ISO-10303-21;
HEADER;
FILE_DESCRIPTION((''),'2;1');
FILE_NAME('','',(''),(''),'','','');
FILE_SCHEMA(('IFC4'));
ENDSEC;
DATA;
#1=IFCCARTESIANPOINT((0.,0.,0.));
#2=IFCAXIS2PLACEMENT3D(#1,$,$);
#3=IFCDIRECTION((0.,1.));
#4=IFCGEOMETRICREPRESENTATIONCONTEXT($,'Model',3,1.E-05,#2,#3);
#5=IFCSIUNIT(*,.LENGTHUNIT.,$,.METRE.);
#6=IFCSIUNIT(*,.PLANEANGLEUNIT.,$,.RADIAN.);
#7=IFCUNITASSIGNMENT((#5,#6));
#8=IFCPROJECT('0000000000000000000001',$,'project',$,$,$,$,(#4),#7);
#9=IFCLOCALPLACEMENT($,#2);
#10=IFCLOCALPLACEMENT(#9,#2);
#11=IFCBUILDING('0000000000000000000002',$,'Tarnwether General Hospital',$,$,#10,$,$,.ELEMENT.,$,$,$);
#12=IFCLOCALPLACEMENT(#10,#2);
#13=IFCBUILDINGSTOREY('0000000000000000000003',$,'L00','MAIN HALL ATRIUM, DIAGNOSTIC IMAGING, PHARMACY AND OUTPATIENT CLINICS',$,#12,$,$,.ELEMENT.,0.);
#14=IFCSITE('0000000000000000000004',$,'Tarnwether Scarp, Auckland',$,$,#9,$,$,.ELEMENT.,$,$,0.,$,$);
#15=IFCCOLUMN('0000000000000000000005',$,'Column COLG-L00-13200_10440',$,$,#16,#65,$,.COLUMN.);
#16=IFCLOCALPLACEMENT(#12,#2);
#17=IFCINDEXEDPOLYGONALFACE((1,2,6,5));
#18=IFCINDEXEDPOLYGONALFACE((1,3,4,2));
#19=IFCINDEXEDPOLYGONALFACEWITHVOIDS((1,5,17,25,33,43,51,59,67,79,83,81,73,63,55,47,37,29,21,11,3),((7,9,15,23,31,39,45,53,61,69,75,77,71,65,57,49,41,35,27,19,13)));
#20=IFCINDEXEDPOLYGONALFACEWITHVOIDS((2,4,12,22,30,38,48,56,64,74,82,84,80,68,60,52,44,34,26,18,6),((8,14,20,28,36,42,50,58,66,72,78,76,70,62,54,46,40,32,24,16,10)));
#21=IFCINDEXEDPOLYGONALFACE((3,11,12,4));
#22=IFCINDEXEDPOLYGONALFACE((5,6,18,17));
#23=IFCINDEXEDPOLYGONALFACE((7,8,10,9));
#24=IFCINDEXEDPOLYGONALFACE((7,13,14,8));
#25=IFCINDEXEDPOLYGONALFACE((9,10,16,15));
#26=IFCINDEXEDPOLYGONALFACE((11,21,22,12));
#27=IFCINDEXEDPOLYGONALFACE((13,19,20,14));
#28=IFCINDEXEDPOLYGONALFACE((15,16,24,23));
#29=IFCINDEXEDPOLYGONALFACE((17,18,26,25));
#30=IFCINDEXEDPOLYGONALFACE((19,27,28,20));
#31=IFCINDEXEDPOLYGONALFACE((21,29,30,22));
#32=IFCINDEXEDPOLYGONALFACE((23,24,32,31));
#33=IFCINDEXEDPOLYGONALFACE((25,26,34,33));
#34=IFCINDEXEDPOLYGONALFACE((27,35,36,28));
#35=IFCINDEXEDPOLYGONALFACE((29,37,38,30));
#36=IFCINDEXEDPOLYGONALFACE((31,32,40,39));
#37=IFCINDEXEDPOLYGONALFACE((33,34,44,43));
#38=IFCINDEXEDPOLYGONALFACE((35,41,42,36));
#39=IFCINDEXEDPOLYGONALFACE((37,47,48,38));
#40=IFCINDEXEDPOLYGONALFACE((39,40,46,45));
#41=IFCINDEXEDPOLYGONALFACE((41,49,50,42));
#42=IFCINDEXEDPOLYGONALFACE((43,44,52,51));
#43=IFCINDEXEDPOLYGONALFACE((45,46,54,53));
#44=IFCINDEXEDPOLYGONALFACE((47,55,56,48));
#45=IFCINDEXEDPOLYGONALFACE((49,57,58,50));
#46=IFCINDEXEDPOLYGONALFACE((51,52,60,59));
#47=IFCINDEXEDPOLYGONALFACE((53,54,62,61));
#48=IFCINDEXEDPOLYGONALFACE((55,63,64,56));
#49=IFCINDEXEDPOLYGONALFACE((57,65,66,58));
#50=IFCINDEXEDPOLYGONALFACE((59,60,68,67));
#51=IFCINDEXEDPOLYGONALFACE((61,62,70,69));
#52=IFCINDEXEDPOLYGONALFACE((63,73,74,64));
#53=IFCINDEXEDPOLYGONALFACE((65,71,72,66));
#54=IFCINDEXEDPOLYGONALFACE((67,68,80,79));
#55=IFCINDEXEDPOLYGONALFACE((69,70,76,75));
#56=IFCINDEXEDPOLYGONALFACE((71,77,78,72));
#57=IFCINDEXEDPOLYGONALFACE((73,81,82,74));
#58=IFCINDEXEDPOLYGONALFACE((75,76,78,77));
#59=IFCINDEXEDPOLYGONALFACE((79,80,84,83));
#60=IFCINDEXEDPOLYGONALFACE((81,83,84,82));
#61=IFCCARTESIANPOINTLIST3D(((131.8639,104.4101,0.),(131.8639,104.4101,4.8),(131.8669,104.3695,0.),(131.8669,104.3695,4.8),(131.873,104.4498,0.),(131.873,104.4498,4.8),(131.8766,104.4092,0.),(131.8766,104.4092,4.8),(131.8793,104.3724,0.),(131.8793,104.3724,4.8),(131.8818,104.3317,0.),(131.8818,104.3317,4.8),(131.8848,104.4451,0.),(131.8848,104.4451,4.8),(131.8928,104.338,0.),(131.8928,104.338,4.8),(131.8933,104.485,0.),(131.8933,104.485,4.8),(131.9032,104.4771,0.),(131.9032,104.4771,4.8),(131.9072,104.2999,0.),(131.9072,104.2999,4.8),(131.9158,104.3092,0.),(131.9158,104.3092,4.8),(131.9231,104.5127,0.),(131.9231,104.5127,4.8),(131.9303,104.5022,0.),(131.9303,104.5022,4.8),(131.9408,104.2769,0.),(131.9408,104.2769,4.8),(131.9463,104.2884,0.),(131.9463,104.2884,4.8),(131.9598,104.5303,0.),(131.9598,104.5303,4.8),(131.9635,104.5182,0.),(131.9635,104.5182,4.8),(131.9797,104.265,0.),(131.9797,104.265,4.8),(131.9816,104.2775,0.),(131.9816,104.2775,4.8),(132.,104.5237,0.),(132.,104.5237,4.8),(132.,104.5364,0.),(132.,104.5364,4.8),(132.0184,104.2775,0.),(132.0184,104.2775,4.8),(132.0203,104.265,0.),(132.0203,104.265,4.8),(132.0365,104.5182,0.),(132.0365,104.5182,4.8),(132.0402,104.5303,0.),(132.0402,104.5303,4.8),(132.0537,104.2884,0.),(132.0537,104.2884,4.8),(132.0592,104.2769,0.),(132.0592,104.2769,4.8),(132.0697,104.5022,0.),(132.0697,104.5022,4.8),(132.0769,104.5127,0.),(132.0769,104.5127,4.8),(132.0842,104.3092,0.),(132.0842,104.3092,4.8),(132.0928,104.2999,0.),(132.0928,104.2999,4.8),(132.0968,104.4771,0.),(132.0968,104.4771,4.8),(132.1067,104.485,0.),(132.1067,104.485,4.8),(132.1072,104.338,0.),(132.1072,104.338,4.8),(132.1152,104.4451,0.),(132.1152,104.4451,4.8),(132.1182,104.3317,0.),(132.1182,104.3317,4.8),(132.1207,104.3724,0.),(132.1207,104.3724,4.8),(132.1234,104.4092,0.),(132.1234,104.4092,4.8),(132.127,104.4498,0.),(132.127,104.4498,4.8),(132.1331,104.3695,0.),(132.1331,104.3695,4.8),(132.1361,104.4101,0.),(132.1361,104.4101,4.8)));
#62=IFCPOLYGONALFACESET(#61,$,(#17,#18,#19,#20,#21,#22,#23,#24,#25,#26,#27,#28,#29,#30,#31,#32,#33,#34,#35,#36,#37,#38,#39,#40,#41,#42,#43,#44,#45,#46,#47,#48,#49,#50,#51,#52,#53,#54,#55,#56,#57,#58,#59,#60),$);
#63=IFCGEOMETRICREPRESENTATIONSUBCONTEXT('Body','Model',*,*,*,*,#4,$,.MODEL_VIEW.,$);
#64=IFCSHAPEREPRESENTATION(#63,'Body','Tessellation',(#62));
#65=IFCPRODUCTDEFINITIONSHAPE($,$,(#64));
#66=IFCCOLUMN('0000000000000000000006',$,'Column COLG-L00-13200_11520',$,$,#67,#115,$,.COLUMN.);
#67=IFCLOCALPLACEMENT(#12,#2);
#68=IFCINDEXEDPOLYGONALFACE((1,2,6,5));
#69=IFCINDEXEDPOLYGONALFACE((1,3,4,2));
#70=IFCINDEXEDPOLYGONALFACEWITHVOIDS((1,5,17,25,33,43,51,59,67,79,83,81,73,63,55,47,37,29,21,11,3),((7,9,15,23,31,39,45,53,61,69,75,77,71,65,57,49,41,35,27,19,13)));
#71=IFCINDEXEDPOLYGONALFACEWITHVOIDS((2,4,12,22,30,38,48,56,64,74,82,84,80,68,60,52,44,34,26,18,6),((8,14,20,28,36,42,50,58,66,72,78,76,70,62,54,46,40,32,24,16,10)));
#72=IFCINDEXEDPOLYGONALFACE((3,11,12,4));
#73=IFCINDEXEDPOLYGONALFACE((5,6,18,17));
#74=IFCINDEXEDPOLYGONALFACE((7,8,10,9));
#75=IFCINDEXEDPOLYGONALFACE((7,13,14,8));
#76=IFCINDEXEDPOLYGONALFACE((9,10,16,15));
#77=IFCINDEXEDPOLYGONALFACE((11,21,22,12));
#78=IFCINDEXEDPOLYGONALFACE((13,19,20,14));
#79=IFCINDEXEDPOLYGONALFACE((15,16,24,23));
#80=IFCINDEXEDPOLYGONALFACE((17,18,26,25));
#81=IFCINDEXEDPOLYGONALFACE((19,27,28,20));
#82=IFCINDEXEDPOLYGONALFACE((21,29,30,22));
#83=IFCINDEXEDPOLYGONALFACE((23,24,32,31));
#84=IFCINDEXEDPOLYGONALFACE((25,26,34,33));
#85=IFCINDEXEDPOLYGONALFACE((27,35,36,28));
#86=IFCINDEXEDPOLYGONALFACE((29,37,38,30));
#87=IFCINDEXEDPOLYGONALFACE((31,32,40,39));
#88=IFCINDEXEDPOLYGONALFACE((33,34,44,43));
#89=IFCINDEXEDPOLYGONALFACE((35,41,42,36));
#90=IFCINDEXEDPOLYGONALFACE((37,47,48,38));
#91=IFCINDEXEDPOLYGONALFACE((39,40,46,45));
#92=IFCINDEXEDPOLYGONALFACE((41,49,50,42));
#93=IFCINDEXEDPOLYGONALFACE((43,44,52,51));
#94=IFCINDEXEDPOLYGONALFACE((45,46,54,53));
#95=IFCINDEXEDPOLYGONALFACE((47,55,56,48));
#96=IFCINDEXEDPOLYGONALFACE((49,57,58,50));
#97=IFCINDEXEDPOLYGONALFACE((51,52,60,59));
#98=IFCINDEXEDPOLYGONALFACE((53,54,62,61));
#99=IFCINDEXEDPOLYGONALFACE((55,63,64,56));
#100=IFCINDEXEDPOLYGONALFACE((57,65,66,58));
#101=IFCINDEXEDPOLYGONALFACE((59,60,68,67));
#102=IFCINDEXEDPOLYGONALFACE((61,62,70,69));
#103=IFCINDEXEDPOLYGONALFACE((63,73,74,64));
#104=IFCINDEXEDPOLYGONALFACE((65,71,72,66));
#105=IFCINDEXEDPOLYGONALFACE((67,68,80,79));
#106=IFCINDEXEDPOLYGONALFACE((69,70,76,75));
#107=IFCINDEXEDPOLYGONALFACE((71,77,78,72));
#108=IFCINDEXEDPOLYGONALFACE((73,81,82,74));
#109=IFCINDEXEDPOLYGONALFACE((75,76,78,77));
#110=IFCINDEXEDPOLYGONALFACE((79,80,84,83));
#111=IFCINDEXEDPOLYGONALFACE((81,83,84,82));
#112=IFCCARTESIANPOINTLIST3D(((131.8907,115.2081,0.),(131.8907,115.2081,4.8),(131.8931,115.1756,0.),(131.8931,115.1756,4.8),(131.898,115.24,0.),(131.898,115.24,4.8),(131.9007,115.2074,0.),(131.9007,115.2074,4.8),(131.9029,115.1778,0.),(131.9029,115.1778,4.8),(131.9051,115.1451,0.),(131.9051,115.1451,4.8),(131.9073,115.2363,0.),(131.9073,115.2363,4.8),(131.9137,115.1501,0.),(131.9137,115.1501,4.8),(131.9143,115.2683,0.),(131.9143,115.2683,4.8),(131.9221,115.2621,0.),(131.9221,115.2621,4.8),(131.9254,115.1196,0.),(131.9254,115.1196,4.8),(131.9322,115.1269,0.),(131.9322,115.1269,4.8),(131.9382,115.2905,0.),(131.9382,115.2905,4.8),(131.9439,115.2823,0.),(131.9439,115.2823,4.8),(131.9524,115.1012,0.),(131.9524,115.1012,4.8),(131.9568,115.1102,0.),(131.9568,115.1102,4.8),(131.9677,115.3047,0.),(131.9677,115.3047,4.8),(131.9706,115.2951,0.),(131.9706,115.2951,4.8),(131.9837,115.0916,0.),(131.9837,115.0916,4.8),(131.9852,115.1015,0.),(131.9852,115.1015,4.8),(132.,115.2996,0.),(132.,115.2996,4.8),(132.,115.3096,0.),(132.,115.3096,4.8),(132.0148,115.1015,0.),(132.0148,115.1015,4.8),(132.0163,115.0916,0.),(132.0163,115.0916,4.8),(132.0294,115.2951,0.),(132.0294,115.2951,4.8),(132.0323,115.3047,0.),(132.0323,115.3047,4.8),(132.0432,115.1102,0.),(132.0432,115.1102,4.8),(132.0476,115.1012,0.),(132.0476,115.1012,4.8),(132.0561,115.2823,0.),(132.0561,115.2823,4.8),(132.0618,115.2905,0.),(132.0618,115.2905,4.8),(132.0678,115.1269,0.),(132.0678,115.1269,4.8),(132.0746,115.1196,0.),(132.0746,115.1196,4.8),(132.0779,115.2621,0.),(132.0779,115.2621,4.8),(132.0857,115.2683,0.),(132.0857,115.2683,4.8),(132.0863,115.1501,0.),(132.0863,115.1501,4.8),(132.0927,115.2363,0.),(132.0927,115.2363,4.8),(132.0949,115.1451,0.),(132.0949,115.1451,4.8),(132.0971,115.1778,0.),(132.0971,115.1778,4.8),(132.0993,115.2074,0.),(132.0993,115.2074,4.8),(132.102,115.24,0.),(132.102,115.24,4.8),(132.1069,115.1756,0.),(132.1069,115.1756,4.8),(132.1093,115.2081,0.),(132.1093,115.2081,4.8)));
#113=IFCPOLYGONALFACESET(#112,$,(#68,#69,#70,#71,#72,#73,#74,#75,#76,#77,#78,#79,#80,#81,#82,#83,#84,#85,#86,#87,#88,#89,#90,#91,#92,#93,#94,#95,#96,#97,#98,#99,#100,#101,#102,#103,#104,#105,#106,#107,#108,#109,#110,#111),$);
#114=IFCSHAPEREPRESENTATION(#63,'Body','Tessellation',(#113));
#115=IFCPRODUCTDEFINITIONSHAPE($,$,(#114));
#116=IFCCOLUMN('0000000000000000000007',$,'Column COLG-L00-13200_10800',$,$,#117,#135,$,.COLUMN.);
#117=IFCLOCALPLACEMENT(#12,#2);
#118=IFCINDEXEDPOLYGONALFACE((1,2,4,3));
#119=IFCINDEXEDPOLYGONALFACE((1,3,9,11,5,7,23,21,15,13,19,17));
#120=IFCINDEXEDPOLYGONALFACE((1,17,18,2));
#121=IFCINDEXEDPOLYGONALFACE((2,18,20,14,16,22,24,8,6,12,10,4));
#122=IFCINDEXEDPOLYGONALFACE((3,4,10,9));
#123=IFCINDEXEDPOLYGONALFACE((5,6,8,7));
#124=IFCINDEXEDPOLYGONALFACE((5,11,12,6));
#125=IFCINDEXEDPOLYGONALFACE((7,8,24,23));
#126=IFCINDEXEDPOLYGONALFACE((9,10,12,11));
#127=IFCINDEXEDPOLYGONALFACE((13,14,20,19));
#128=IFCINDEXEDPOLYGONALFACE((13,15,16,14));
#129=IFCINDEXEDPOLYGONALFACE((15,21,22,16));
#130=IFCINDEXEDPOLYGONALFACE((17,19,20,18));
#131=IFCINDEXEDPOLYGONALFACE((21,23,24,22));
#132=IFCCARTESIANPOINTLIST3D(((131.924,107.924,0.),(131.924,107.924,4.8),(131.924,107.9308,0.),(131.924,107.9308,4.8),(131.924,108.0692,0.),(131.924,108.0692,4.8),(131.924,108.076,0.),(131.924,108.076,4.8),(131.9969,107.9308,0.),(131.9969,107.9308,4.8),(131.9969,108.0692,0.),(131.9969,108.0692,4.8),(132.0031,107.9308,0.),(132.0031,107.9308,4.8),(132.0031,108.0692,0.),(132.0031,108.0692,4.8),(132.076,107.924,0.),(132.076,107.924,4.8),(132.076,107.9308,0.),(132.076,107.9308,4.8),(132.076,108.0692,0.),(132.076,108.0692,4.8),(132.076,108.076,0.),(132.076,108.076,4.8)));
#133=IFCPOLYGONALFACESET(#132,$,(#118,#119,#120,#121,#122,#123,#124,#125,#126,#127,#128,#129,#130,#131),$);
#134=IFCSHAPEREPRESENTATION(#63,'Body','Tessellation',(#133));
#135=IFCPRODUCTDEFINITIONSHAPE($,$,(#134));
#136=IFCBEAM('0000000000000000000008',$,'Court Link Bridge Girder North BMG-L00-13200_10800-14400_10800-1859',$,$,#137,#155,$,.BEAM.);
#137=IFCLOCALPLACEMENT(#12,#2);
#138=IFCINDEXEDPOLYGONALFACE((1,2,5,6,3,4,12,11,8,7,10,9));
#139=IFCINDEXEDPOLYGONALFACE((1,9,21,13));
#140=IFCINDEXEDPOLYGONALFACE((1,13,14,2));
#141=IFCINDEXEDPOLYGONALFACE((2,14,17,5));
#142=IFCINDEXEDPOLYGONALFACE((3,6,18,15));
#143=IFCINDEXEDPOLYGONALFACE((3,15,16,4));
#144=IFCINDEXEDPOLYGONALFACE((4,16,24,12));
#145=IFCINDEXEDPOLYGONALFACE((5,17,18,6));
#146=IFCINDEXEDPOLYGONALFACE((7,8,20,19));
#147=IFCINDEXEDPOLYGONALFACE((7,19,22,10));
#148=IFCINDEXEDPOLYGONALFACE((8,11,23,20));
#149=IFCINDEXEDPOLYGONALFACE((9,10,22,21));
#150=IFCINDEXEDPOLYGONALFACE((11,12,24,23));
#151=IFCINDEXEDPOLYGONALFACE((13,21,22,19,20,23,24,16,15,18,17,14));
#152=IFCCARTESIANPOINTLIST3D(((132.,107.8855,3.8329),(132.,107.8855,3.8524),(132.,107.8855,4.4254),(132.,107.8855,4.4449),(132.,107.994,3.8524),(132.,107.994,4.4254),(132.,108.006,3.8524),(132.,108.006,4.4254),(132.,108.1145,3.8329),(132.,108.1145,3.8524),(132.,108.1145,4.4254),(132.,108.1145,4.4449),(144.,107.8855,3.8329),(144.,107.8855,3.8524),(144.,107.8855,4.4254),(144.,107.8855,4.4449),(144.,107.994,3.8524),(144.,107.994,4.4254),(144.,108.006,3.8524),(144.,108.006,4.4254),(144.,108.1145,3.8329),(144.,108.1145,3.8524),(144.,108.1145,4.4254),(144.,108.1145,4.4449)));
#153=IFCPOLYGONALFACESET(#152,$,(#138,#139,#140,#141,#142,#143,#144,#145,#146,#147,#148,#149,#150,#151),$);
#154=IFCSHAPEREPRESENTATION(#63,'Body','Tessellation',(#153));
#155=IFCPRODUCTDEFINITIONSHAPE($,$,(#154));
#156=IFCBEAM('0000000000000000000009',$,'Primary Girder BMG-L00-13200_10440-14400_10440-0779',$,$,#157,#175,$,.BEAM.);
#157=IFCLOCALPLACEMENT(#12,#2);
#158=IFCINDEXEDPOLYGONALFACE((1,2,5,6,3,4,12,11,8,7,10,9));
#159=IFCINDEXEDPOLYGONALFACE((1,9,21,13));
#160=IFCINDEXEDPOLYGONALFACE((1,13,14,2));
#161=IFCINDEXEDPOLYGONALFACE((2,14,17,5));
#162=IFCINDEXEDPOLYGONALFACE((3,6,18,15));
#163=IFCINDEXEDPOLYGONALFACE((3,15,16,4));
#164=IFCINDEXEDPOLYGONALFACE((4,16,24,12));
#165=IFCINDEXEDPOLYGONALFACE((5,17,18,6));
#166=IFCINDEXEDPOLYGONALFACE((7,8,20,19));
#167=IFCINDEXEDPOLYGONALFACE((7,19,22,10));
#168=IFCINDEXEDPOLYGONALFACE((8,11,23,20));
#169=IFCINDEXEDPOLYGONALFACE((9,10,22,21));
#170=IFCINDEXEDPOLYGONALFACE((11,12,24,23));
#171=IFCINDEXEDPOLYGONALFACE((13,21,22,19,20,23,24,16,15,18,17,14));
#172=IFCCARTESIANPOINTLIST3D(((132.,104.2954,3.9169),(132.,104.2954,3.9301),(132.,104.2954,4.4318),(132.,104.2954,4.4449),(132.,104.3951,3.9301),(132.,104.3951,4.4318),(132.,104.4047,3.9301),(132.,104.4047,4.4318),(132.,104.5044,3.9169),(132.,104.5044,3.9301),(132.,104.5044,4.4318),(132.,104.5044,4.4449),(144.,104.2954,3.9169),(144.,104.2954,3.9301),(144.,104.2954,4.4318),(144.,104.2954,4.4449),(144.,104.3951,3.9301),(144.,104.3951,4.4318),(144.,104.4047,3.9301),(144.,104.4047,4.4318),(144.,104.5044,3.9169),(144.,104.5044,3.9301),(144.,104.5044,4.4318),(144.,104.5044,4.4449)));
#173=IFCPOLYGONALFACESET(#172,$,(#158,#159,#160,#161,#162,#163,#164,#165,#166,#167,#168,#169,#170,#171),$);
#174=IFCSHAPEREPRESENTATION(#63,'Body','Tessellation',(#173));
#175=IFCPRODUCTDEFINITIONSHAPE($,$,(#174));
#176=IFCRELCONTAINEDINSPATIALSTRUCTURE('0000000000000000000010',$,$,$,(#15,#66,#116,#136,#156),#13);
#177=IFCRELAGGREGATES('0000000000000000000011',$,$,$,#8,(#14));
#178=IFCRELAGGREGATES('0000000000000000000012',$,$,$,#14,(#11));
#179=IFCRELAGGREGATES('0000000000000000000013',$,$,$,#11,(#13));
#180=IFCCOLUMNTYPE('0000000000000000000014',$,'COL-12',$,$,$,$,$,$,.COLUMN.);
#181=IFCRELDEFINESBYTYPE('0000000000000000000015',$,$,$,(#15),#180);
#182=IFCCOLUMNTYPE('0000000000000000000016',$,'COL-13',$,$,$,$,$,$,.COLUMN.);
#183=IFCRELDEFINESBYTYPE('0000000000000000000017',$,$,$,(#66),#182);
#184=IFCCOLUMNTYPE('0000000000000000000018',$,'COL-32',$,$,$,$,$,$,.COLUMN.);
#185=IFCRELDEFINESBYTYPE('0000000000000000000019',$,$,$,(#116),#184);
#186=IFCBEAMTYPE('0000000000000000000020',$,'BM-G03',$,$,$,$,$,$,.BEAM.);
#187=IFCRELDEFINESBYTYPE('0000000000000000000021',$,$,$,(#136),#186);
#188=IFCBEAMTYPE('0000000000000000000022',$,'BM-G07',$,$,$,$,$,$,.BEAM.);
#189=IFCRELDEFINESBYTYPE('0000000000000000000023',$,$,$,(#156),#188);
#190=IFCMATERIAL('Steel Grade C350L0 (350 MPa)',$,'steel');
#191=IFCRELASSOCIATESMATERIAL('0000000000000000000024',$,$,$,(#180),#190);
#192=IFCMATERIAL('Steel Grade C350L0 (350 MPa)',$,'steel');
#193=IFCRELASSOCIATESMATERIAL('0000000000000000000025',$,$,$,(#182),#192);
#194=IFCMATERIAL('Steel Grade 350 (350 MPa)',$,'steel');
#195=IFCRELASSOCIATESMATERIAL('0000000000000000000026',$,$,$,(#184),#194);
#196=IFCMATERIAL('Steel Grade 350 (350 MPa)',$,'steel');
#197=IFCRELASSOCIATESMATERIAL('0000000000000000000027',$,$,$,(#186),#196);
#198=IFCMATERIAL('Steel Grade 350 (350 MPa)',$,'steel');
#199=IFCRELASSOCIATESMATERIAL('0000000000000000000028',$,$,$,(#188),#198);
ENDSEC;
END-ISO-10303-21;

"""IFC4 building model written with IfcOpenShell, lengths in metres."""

from ifc_helpers import new_model, si_unit, direction, frame, origin, origin_2d, place, context, subcontext, project, spatial, hollow_circle, i_section, extrude, material, material_profile, profile_set, type_object, element, save


model = new_model("IFC4")

# Units and contexts
model_context = context("Model", 3, precision=1e-05, world=origin(), true_north=direction((0.0, 1.0)))
body_context = subcontext(model_context, "Body", "Model", "MODEL_VIEW")
ifc_project = project(units=[si_unit("LENGTHUNIT", "METRE"), si_unit("PLANEANGLEUNIT", "RADIAN")], contexts=[model_context])

# Site, building, storey
site_placement = place(None, origin())
site = spatial("IfcSite", under=ifc_project, at=site_placement, Name="Tarnwether Scarp, Auckland", CompositionType="ELEMENT", RefElevation=0.0)
building_placement = place(site_placement, origin())
building = spatial("IfcBuilding", under=site, at=building_placement, Name="Tarnwether General Hospital", CompositionType="ELEMENT")
storey_placement = place(building_placement, origin())
storey = spatial("IfcBuildingStorey", under=building, at=storey_placement, Name="L00", Description="MAIN HALL ATRIUM, DIAGNOSTIC IMAGING, PHARMACY AND OUTPATIENT CLINICS", CompositionType="ELEMENT", Elevation=0.0)

# Columns
ifc_material_1 = material(Name="Steel Grade C350L0 (350 MPa)", Category="steel")
ifc_material_profile_1 = material_profile(ifc_material_1, hollow_circle(Radius=0.1365, WallThickness=0.0127, at=origin_2d()), Name="CHS273.1x12.7")
ifc_profile_set_1 = profile_set([ifc_material_profile_1], Name="Steel Grade C350L0 (350 MPa)")
column_type_1 = type_object("IfcColumnType", Name="COL-12", PredefinedType="COLUMN", material=ifc_profile_set_1)
column_1_placement = place(storey_placement, frame((132.0, 104.3999, 0.0), z_axis=(0.0, 0.0, 1.0), x_axis=(0.0, 1.0, 0.0)))
element("IfcColumn", 1, at=column_1_placement, inside=storey, type_object=column_type_1, Name="Column COLG-L00-13200_10440", PredefinedType="COLUMN", context=body_context, shape_type="SweptSolid", body=[
    extrude(hollow_circle(Radius=0.1365, WallThickness=0.0127, at=origin_2d()), origin(), (0.0, 0.0, 1.0), 4.8),
])
ifc_material_2 = material(Name="Steel Grade C350L0 (350 MPa)", Category="steel")
ifc_material_profile_2 = material_profile(ifc_material_2, hollow_circle(Radius=0.1096, WallThickness=0.01, at=origin_2d()), Name="CHS219.1x10.0")
ifc_profile_set_2 = profile_set([ifc_material_profile_2], Name="Steel Grade C350L0 (350 MPa)")
column_type_2 = type_object("IfcColumnType", Name="COL-13", PredefinedType="COLUMN", material=ifc_profile_set_2)
column_2_placement = place(storey_placement, frame((132.0, 115.2, 0.0), z_axis=(0.0, 0.0, 1.0), x_axis=(0.0, 1.0, 0.0)))
element("IfcColumn", 2, at=column_2_placement, inside=storey, type_object=column_type_2, Name="Column COLG-L00-13200_11520", PredefinedType="COLUMN", context=body_context, shape_type="SweptSolid", body=[
    extrude(hollow_circle(Radius=0.1096, WallThickness=0.01, at=origin_2d()), origin(), (0.0, 0.0, 1.0), 4.8),
])
ifc_material_3 = material(Name="Steel Grade 350 (350 MPa)", Category="steel")
ifc_material_profile_3 = material_profile(ifc_material_3, i_section(OverallWidth=0.1521, OverallDepth=0.1521, WebThickness=0.0061, FlangeThickness=0.0068, at=origin_2d()), Name="150UC23.4")
ifc_profile_set_3 = profile_set([ifc_material_profile_3], Name="Steel Grade 350 (350 MPa)")
column_type_3 = type_object("IfcColumnType", Name="COL-32", PredefinedType="COLUMN", material=ifc_profile_set_3)
column_3_placement = place(storey_placement, frame((132.0, 108.0, 0.0), z_axis=(0.0, 0.0, 1.0), x_axis=(1.0, 0.0, 0.0)))
element("IfcColumn", 3, at=column_3_placement, inside=storey, type_object=column_type_3, Name="Column COLG-L00-13200_10800", PredefinedType="COLUMN", context=body_context, shape_type="SweptSolid", body=[
    extrude(i_section(OverallWidth=0.1521, OverallDepth=0.1521, WebThickness=0.0061, FlangeThickness=0.0068, at=origin_2d()), origin(), (0.0, 0.0, 1.0), 4.8),
])

# Beams
ifc_material_4 = material(Name="Steel Grade 350 (350 MPa)", Category="steel")
ifc_material_profile_4 = material_profile(ifc_material_4, i_section(OverallWidth=0.229, OverallDepth=0.6121, WebThickness=0.012, FlangeThickness=0.0195, at=origin_2d()), Name="610UB125")
ifc_profile_set_4 = profile_set([ifc_material_profile_4], Name="Steel Grade 350 (350 MPa)")
beam_type_1 = type_object("IfcBeamType", Name="BM-G03", PredefinedType="BEAM", material=ifc_profile_set_4)
beam_1_placement = place(storey_placement, frame((132.0, 108.0, 4.1389), z_axis=(1.0, 0.0, 0.0), x_axis=(0.0, 1.0, 0.0)))
element("IfcBeam", 4, at=beam_1_placement, inside=storey, type_object=beam_type_1, Name="Court Link Bridge Girder North BMG-L00-13200_10800-14400_10800-1859", PredefinedType="BEAM", context=body_context, shape_type="SweptSolid", body=[
    extrude(i_section(OverallWidth=0.229, OverallDepth=0.6121, WebThickness=0.012, FlangeThickness=0.0195, at=origin_2d()), origin(), (0.0, 0.0, 1.0), 12.0),
])
ifc_material_5 = material(Name="Steel Grade 350 (350 MPa)", Category="steel")
ifc_material_profile_5 = material_profile(ifc_material_5, i_section(OverallWidth=0.209, OverallDepth=0.5281, WebThickness=0.0095, FlangeThickness=0.0132, at=origin_2d()), Name="530UB82.0")
ifc_profile_set_5 = profile_set([ifc_material_profile_5], Name="Steel Grade 350 (350 MPa)")
beam_type_2 = type_object("IfcBeamType", Name="BM-G07", PredefinedType="BEAM", material=ifc_profile_set_5)
beam_2_placement = place(storey_placement, frame((132.0, 104.3999, 4.1809), z_axis=(1.0, 0.0, 0.0), x_axis=(0.0, 1.0, 0.0)))
element("IfcBeam", 5, at=beam_2_placement, inside=storey, type_object=beam_type_2, Name="Primary Girder BMG-L00-13200_10440-14400_10440-0779", PredefinedType="BEAM", context=body_context, shape_type="SweptSolid", body=[
    extrude(i_section(OverallWidth=0.209, OverallDepth=0.5281, WebThickness=0.0095, FlangeThickness=0.0132, at=origin_2d()), origin(), (0.0, 0.0, 1.0), 12.0),
])

save(model, "model.ifc")
